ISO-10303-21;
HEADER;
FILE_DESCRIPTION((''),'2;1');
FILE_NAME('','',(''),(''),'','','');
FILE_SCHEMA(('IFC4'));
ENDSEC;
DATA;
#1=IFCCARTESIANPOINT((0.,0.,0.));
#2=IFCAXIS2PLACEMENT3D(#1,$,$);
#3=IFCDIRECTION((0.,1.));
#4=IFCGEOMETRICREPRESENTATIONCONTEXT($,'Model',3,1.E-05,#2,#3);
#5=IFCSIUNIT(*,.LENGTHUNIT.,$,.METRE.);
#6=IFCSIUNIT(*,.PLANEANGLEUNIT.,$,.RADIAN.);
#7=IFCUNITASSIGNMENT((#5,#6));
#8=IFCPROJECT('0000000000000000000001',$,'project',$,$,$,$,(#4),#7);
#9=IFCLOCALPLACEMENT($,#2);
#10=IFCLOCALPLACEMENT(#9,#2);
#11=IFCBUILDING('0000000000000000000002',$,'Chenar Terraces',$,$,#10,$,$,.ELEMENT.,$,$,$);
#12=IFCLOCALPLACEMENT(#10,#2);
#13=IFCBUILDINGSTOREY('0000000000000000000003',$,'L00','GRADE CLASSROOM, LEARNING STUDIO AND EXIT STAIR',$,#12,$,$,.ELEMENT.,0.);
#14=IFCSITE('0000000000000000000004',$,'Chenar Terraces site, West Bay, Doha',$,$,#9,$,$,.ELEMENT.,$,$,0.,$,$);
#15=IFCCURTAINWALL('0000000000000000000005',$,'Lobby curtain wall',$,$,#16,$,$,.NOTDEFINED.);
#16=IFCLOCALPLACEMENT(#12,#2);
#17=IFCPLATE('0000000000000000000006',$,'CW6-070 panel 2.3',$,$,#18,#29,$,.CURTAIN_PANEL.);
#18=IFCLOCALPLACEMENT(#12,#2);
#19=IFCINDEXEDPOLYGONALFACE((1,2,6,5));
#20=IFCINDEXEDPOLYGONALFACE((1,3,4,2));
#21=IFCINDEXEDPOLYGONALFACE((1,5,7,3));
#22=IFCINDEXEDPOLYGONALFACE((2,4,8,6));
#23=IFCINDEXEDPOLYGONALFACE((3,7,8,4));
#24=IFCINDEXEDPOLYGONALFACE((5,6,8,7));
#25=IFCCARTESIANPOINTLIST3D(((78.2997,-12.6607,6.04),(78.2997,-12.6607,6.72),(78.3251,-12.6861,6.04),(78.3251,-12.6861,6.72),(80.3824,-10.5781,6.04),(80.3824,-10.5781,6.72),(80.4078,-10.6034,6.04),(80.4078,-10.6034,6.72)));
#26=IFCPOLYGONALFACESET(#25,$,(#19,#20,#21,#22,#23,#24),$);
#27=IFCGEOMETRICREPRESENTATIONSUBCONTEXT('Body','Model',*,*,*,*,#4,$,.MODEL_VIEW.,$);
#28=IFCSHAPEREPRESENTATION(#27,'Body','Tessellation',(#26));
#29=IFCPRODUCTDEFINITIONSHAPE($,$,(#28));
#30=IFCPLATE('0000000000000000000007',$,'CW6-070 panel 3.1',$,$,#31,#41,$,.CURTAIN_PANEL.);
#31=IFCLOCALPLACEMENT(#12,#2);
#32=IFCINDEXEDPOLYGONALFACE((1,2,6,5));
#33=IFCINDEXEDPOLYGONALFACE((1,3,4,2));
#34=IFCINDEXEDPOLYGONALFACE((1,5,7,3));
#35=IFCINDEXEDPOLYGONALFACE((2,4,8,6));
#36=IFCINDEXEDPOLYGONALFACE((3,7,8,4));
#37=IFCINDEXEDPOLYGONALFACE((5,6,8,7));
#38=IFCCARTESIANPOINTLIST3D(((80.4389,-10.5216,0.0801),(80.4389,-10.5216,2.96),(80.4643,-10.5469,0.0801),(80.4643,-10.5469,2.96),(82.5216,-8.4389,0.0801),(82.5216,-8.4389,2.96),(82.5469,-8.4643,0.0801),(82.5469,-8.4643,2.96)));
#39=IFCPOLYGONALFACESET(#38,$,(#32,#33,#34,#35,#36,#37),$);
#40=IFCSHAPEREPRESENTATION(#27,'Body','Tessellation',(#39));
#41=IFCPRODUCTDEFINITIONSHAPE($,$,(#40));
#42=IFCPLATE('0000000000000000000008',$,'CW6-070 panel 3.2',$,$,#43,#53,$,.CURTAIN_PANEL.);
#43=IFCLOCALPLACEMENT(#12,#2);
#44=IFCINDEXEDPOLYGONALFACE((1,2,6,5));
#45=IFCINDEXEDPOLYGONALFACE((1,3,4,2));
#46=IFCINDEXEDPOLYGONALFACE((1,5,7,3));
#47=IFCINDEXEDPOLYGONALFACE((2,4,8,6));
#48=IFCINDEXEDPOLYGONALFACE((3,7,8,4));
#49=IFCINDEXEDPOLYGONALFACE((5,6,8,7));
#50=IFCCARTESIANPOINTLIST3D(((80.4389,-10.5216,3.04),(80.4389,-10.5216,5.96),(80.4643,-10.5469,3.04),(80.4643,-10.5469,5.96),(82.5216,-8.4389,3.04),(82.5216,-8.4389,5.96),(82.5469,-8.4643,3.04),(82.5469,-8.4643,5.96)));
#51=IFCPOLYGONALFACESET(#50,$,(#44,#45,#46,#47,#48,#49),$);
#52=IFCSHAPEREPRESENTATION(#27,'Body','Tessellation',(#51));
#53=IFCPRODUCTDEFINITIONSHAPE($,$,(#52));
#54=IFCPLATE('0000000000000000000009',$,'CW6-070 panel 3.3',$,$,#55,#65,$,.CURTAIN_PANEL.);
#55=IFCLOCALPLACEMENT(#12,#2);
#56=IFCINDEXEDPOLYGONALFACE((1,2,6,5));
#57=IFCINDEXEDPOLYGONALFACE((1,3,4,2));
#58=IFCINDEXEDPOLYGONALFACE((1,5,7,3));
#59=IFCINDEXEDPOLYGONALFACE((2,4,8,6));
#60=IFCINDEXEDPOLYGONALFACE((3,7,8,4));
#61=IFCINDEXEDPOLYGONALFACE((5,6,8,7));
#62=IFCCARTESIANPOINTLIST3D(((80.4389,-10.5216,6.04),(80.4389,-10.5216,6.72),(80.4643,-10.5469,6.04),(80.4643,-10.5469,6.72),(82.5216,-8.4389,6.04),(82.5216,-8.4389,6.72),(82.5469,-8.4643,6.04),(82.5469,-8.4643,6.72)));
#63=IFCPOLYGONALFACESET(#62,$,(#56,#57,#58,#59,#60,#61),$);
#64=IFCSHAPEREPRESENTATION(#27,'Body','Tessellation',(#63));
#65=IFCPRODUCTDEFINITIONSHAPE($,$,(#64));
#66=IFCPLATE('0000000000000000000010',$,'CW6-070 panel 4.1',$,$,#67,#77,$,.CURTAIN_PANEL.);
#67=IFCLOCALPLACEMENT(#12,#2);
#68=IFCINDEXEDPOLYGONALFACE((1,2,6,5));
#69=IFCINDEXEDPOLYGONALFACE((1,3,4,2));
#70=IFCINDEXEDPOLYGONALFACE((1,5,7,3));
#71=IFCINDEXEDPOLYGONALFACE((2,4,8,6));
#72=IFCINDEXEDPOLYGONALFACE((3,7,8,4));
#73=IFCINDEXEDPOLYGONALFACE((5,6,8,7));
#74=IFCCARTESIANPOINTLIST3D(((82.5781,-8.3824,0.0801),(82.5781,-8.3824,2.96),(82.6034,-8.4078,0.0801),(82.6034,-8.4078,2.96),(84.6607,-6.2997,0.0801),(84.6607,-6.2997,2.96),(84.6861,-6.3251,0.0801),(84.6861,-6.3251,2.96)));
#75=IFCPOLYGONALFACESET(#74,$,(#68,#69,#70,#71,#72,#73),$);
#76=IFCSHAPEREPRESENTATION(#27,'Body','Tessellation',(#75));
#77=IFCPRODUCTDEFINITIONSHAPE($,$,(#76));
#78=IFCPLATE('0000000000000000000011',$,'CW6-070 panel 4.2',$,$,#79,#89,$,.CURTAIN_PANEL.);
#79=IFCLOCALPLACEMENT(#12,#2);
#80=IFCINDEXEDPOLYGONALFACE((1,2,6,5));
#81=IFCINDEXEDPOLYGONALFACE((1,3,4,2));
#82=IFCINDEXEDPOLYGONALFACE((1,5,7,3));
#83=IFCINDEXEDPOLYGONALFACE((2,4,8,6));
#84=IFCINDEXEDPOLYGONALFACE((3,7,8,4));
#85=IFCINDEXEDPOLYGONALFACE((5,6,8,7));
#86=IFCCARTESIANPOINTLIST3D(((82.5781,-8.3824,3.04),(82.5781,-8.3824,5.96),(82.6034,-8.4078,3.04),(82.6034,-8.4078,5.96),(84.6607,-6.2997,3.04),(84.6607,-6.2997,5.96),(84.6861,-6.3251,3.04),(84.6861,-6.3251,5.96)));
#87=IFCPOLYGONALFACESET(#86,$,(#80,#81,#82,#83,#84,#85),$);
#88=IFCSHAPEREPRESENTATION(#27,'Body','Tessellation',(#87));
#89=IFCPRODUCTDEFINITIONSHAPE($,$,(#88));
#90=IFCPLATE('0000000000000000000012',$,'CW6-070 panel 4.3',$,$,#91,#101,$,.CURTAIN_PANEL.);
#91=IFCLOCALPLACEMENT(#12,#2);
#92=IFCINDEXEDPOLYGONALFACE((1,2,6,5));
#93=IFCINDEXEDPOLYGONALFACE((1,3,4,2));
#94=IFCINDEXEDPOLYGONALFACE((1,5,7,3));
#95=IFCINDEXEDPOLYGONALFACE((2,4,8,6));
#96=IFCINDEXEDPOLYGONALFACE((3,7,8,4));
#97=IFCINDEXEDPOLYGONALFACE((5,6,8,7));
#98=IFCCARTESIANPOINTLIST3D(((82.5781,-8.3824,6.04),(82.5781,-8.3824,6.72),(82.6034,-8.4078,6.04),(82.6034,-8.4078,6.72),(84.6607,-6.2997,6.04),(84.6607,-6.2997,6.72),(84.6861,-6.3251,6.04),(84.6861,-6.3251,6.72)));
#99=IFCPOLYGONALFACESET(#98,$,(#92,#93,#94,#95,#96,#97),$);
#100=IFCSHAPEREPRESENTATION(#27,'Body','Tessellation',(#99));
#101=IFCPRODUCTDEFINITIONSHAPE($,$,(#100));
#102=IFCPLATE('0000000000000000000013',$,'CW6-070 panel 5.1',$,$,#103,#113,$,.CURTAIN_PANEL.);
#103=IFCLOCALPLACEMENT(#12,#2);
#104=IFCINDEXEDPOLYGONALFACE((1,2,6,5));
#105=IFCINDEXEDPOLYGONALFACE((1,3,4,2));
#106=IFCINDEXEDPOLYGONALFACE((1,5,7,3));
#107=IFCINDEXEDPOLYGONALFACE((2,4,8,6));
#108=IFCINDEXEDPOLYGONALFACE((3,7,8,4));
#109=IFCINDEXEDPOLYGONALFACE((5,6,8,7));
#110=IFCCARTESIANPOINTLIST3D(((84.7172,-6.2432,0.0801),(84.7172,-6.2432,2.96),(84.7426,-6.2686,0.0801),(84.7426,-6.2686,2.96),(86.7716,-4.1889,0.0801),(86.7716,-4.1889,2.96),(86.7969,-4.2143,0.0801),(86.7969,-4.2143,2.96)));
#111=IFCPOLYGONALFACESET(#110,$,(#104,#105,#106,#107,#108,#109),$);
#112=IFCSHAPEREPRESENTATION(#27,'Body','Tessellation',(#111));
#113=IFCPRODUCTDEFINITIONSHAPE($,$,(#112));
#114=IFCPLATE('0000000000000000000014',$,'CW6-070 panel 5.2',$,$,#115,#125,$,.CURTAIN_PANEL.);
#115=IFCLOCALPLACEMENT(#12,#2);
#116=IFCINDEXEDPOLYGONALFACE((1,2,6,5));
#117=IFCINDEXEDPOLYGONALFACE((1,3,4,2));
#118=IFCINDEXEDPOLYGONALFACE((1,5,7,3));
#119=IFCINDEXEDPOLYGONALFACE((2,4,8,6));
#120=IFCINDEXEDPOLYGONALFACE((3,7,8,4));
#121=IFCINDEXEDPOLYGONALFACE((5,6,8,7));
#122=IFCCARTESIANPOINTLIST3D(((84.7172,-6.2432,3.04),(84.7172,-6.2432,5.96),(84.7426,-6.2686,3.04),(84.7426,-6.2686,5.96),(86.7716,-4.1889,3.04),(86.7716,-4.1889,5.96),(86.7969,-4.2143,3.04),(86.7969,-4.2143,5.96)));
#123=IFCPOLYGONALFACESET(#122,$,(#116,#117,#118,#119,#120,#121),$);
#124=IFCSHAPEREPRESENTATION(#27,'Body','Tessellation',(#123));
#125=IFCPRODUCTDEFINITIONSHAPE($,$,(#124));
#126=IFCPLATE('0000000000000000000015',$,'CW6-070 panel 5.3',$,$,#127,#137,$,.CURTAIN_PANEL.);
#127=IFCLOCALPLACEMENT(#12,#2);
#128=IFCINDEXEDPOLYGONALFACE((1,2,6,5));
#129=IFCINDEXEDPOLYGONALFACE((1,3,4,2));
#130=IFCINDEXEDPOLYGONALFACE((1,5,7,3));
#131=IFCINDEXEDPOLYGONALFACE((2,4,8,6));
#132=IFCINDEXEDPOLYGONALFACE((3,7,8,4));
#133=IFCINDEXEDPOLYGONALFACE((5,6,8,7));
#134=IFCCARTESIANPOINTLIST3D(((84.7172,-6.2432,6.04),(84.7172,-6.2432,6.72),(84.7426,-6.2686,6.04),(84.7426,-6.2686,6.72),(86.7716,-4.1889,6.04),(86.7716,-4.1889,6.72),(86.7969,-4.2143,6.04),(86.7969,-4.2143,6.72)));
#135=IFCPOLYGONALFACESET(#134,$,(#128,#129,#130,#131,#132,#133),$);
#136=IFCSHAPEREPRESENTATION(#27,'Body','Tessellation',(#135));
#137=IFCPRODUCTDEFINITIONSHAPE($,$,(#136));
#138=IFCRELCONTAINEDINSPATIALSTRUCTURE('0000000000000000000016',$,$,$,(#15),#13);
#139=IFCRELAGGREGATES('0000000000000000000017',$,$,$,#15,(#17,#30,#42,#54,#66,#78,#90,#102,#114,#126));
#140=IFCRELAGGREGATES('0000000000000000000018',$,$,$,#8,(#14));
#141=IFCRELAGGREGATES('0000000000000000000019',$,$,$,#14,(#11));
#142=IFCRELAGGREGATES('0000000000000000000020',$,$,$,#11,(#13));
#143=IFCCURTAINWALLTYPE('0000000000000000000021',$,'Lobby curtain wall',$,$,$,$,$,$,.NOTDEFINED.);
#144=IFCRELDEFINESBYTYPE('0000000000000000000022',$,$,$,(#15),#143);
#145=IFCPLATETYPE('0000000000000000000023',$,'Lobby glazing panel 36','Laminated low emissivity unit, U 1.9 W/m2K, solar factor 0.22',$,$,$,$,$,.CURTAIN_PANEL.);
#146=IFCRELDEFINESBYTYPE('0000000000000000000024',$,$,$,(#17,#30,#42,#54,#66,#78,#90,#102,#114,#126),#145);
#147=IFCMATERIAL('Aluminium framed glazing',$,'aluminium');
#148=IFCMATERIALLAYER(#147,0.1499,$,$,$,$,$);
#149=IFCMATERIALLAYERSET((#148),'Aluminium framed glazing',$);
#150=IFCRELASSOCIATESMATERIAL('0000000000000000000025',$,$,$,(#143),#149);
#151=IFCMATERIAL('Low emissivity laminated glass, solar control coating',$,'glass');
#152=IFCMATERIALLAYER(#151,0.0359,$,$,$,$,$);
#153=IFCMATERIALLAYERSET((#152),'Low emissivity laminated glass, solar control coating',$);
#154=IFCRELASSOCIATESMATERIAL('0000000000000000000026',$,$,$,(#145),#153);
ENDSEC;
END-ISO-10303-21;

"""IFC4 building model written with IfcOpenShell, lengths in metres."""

from ifc_helpers import new_model, si_unit, direction, frame, origin, origin_2d, place, context, subcontext, project, spatial, rectangle, extrude, material, layer, layer_set, type_object, element, aggregate, save


model = new_model("IFC4")

# Units and contexts
model_context = context("Model", 3, precision=1e-05, world=origin(), true_north=direction((0.0, 1.0)))
body_context = subcontext(model_context, "Body", "Model", "MODEL_VIEW")
ifc_project = project(units=[si_unit("LENGTHUNIT", "METRE"), si_unit("PLANEANGLEUNIT", "RADIAN")], contexts=[model_context])

# Site, building, storey
site_placement = place(None, origin())
site = spatial("IfcSite", under=ifc_project, at=site_placement, Name="Chenar Terraces site, West Bay, Doha", CompositionType="ELEMENT", RefElevation=0.0)
building_placement = place(site_placement, origin())
building = spatial("IfcBuilding", under=site, at=building_placement, Name="Chenar Terraces", CompositionType="ELEMENT")
storey_placement = place(building_placement, origin())
storey = spatial("IfcBuildingStorey", under=building, at=storey_placement, Name="L00", Description="GRADE CLASSROOM, LEARNING STUDIO AND EXIT STAIR", CompositionType="ELEMENT", Elevation=0.0)

# Curtain wall
ifc_material_1 = material(Name="Aluminium framed glazing", Category="aluminium")
ifc_layer_1 = layer(ifc_material_1, 0.1499)
ifc_layer_set_1 = layer_set([ifc_layer_1], Name="Aluminium framed glazing")
curtain_wall_type = type_object("IfcCurtainWallType", Name="Lobby curtain wall", PredefinedType="NOTDEFINED", material=ifc_layer_set_1)
placement = place(storey_placement, origin())
curtain_wall_1 = element("IfcCurtainWall", 1, at=placement, inside=storey, type_object=curtain_wall_type, Name="Lobby curtain wall", PredefinedType="NOTDEFINED")

# Plates
ifc_material_2 = material(Name="Low emissivity laminated glass, solar control coating", Category="glass")
ifc_layer_2 = layer(ifc_material_2, 0.0359)
ifc_layer_set_2 = layer_set([ifc_layer_2], Name="Low emissivity laminated glass, solar control coating")
plate_type = type_object("IfcPlateType", Name="Lobby glazing panel 36", Description="Laminated low emissivity unit, U 1.9 W/m2K, solar factor 0.22", PredefinedType="CURTAIN_PANEL", material=ifc_layer_set_2)
plate_1_placement = place(storey_placement, frame((79.3538, -11.6321, 6.04), z_axis=(0.0, 0.0, 1.0), x_axis=(0.707107, 0.707107, 0.0)))
plate_1 = element("IfcPlate", 2, at=plate_1_placement, type_object=plate_type, Name="CW6-070 panel 2.3", PredefinedType="CURTAIN_PANEL", context=body_context, shape_type="SweptSolid", body=[
    extrude(rectangle(XDim=2.9453, YDim=0.0359, at=origin_2d()), origin(), (0.0, 0.0, 1.0), 0.6799),
])
plate_2_placement = place(storey_placement, frame((81.4929, -9.4929, 0.0801), z_axis=(0.0, 0.0, 1.0), x_axis=(0.707107, 0.707107, 0.0)))
plate_2 = element("IfcPlate", 3, at=plate_2_placement, type_object=plate_type, Name="CW6-070 panel 3.1", PredefinedType="CURTAIN_PANEL", context=body_context, shape_type="SweptSolid", body=[
    extrude(rectangle(XDim=2.9453, YDim=0.0359, at=origin_2d()), origin(), (0.0, 0.0, 1.0), 2.8799),
])
plate_3_placement = place(storey_placement, frame((81.4929, -9.4929, 3.04), z_axis=(0.0, 0.0, 1.0), x_axis=(0.707107, 0.707107, 0.0)))
plate_3 = element("IfcPlate", 4, at=plate_3_placement, type_object=plate_type, Name="CW6-070 panel 3.2", PredefinedType="CURTAIN_PANEL", context=body_context, shape_type="SweptSolid", body=[
    extrude(rectangle(XDim=2.9453, YDim=0.0359, at=origin_2d()), origin(), (0.0, 0.0, 1.0), 2.9199),
])
plate_4_placement = place(storey_placement, frame((81.4929, -9.4929, 6.04), z_axis=(0.0, 0.0, 1.0), x_axis=(0.707107, 0.707107, 0.0)))
plate_4 = element("IfcPlate", 5, at=plate_4_placement, type_object=plate_type, Name="CW6-070 panel 3.3", PredefinedType="CURTAIN_PANEL", context=body_context, shape_type="SweptSolid", body=[
    extrude(rectangle(XDim=2.9453, YDim=0.0359, at=origin_2d()), origin(), (0.0, 0.0, 1.0), 0.6799),
])
plate_5_placement = place(storey_placement, frame((83.6321, -7.3538, 0.0801), z_axis=(0.0, 0.0, 1.0), x_axis=(0.707107, 0.707107, 0.0)))
plate_5 = element("IfcPlate", 6, at=plate_5_placement, type_object=plate_type, Name="CW6-070 panel 4.1", PredefinedType="CURTAIN_PANEL", context=body_context, shape_type="SweptSolid", body=[
    extrude(rectangle(XDim=2.9453, YDim=0.0359, at=origin_2d()), origin(), (0.0, 0.0, 1.0), 2.8799),
])
plate_6_placement = place(storey_placement, frame((83.6321, -7.3538, 3.04), z_axis=(0.0, 0.0, 1.0), x_axis=(0.707107, 0.707107, 0.0)))
plate_6 = element("IfcPlate", 7, at=plate_6_placement, type_object=plate_type, Name="CW6-070 panel 4.2", PredefinedType="CURTAIN_PANEL", context=body_context, shape_type="SweptSolid", body=[
    extrude(rectangle(XDim=2.9453, YDim=0.0359, at=origin_2d()), origin(), (0.0, 0.0, 1.0), 2.9199),
])
plate_7_placement = place(storey_placement, frame((83.6321, -7.3538, 6.04), z_axis=(0.0, 0.0, 1.0), x_axis=(0.707107, 0.707107, 0.0)))
plate_7 = element("IfcPlate", 8, at=plate_7_placement, type_object=plate_type, Name="CW6-070 panel 4.3", PredefinedType="CURTAIN_PANEL", context=body_context, shape_type="SweptSolid", body=[
    extrude(rectangle(XDim=2.9453, YDim=0.0359, at=origin_2d()), origin(), (0.0, 0.0, 1.0), 0.6799),
])
plate_8_placement = place(storey_placement, frame((85.7571, -5.2288, 0.0801), z_axis=(0.0, 0.0, 1.0), x_axis=(0.707107, 0.707107, 0.0)))
plate_8 = element("IfcPlate", 9, at=plate_8_placement, type_object=plate_type, Name="CW6-070 panel 5.1", PredefinedType="CURTAIN_PANEL", context=body_context, shape_type="SweptSolid", body=[
    extrude(rectangle(XDim=2.9053, YDim=0.0359, at=origin_2d()), origin(), (0.0, 0.0, 1.0), 2.8799),
])
plate_9_placement = place(storey_placement, frame((85.7571, -5.2288, 3.04), z_axis=(0.0, 0.0, 1.0), x_axis=(0.707107, 0.707107, 0.0)))
plate_9 = element("IfcPlate", 10, at=plate_9_placement, type_object=plate_type, Name="CW6-070 panel 5.2", PredefinedType="CURTAIN_PANEL", context=body_context, shape_type="SweptSolid", body=[
    extrude(rectangle(XDim=2.9053, YDim=0.0359, at=origin_2d()), origin(), (0.0, 0.0, 1.0), 2.9199),
])
plate_10_placement = place(storey_placement, frame((85.7571, -5.2288, 6.04), z_axis=(0.0, 0.0, 1.0), x_axis=(0.707107, 0.707107, 0.0)))
plate_10 = element("IfcPlate", 11, at=plate_10_placement, type_object=plate_type, Name="CW6-070 panel 5.3", PredefinedType="CURTAIN_PANEL", context=body_context, shape_type="SweptSolid", body=[
    extrude(rectangle(XDim=2.9053, YDim=0.0359, at=origin_2d()), origin(), (0.0, 0.0, 1.0), 0.6799),
])
aggregate(curtain_wall_1, [plate_1, plate_2, plate_3, plate_4, plate_5, plate_6, plate_7, plate_8, plate_9, plate_10])

save(model, "model.ifc")
